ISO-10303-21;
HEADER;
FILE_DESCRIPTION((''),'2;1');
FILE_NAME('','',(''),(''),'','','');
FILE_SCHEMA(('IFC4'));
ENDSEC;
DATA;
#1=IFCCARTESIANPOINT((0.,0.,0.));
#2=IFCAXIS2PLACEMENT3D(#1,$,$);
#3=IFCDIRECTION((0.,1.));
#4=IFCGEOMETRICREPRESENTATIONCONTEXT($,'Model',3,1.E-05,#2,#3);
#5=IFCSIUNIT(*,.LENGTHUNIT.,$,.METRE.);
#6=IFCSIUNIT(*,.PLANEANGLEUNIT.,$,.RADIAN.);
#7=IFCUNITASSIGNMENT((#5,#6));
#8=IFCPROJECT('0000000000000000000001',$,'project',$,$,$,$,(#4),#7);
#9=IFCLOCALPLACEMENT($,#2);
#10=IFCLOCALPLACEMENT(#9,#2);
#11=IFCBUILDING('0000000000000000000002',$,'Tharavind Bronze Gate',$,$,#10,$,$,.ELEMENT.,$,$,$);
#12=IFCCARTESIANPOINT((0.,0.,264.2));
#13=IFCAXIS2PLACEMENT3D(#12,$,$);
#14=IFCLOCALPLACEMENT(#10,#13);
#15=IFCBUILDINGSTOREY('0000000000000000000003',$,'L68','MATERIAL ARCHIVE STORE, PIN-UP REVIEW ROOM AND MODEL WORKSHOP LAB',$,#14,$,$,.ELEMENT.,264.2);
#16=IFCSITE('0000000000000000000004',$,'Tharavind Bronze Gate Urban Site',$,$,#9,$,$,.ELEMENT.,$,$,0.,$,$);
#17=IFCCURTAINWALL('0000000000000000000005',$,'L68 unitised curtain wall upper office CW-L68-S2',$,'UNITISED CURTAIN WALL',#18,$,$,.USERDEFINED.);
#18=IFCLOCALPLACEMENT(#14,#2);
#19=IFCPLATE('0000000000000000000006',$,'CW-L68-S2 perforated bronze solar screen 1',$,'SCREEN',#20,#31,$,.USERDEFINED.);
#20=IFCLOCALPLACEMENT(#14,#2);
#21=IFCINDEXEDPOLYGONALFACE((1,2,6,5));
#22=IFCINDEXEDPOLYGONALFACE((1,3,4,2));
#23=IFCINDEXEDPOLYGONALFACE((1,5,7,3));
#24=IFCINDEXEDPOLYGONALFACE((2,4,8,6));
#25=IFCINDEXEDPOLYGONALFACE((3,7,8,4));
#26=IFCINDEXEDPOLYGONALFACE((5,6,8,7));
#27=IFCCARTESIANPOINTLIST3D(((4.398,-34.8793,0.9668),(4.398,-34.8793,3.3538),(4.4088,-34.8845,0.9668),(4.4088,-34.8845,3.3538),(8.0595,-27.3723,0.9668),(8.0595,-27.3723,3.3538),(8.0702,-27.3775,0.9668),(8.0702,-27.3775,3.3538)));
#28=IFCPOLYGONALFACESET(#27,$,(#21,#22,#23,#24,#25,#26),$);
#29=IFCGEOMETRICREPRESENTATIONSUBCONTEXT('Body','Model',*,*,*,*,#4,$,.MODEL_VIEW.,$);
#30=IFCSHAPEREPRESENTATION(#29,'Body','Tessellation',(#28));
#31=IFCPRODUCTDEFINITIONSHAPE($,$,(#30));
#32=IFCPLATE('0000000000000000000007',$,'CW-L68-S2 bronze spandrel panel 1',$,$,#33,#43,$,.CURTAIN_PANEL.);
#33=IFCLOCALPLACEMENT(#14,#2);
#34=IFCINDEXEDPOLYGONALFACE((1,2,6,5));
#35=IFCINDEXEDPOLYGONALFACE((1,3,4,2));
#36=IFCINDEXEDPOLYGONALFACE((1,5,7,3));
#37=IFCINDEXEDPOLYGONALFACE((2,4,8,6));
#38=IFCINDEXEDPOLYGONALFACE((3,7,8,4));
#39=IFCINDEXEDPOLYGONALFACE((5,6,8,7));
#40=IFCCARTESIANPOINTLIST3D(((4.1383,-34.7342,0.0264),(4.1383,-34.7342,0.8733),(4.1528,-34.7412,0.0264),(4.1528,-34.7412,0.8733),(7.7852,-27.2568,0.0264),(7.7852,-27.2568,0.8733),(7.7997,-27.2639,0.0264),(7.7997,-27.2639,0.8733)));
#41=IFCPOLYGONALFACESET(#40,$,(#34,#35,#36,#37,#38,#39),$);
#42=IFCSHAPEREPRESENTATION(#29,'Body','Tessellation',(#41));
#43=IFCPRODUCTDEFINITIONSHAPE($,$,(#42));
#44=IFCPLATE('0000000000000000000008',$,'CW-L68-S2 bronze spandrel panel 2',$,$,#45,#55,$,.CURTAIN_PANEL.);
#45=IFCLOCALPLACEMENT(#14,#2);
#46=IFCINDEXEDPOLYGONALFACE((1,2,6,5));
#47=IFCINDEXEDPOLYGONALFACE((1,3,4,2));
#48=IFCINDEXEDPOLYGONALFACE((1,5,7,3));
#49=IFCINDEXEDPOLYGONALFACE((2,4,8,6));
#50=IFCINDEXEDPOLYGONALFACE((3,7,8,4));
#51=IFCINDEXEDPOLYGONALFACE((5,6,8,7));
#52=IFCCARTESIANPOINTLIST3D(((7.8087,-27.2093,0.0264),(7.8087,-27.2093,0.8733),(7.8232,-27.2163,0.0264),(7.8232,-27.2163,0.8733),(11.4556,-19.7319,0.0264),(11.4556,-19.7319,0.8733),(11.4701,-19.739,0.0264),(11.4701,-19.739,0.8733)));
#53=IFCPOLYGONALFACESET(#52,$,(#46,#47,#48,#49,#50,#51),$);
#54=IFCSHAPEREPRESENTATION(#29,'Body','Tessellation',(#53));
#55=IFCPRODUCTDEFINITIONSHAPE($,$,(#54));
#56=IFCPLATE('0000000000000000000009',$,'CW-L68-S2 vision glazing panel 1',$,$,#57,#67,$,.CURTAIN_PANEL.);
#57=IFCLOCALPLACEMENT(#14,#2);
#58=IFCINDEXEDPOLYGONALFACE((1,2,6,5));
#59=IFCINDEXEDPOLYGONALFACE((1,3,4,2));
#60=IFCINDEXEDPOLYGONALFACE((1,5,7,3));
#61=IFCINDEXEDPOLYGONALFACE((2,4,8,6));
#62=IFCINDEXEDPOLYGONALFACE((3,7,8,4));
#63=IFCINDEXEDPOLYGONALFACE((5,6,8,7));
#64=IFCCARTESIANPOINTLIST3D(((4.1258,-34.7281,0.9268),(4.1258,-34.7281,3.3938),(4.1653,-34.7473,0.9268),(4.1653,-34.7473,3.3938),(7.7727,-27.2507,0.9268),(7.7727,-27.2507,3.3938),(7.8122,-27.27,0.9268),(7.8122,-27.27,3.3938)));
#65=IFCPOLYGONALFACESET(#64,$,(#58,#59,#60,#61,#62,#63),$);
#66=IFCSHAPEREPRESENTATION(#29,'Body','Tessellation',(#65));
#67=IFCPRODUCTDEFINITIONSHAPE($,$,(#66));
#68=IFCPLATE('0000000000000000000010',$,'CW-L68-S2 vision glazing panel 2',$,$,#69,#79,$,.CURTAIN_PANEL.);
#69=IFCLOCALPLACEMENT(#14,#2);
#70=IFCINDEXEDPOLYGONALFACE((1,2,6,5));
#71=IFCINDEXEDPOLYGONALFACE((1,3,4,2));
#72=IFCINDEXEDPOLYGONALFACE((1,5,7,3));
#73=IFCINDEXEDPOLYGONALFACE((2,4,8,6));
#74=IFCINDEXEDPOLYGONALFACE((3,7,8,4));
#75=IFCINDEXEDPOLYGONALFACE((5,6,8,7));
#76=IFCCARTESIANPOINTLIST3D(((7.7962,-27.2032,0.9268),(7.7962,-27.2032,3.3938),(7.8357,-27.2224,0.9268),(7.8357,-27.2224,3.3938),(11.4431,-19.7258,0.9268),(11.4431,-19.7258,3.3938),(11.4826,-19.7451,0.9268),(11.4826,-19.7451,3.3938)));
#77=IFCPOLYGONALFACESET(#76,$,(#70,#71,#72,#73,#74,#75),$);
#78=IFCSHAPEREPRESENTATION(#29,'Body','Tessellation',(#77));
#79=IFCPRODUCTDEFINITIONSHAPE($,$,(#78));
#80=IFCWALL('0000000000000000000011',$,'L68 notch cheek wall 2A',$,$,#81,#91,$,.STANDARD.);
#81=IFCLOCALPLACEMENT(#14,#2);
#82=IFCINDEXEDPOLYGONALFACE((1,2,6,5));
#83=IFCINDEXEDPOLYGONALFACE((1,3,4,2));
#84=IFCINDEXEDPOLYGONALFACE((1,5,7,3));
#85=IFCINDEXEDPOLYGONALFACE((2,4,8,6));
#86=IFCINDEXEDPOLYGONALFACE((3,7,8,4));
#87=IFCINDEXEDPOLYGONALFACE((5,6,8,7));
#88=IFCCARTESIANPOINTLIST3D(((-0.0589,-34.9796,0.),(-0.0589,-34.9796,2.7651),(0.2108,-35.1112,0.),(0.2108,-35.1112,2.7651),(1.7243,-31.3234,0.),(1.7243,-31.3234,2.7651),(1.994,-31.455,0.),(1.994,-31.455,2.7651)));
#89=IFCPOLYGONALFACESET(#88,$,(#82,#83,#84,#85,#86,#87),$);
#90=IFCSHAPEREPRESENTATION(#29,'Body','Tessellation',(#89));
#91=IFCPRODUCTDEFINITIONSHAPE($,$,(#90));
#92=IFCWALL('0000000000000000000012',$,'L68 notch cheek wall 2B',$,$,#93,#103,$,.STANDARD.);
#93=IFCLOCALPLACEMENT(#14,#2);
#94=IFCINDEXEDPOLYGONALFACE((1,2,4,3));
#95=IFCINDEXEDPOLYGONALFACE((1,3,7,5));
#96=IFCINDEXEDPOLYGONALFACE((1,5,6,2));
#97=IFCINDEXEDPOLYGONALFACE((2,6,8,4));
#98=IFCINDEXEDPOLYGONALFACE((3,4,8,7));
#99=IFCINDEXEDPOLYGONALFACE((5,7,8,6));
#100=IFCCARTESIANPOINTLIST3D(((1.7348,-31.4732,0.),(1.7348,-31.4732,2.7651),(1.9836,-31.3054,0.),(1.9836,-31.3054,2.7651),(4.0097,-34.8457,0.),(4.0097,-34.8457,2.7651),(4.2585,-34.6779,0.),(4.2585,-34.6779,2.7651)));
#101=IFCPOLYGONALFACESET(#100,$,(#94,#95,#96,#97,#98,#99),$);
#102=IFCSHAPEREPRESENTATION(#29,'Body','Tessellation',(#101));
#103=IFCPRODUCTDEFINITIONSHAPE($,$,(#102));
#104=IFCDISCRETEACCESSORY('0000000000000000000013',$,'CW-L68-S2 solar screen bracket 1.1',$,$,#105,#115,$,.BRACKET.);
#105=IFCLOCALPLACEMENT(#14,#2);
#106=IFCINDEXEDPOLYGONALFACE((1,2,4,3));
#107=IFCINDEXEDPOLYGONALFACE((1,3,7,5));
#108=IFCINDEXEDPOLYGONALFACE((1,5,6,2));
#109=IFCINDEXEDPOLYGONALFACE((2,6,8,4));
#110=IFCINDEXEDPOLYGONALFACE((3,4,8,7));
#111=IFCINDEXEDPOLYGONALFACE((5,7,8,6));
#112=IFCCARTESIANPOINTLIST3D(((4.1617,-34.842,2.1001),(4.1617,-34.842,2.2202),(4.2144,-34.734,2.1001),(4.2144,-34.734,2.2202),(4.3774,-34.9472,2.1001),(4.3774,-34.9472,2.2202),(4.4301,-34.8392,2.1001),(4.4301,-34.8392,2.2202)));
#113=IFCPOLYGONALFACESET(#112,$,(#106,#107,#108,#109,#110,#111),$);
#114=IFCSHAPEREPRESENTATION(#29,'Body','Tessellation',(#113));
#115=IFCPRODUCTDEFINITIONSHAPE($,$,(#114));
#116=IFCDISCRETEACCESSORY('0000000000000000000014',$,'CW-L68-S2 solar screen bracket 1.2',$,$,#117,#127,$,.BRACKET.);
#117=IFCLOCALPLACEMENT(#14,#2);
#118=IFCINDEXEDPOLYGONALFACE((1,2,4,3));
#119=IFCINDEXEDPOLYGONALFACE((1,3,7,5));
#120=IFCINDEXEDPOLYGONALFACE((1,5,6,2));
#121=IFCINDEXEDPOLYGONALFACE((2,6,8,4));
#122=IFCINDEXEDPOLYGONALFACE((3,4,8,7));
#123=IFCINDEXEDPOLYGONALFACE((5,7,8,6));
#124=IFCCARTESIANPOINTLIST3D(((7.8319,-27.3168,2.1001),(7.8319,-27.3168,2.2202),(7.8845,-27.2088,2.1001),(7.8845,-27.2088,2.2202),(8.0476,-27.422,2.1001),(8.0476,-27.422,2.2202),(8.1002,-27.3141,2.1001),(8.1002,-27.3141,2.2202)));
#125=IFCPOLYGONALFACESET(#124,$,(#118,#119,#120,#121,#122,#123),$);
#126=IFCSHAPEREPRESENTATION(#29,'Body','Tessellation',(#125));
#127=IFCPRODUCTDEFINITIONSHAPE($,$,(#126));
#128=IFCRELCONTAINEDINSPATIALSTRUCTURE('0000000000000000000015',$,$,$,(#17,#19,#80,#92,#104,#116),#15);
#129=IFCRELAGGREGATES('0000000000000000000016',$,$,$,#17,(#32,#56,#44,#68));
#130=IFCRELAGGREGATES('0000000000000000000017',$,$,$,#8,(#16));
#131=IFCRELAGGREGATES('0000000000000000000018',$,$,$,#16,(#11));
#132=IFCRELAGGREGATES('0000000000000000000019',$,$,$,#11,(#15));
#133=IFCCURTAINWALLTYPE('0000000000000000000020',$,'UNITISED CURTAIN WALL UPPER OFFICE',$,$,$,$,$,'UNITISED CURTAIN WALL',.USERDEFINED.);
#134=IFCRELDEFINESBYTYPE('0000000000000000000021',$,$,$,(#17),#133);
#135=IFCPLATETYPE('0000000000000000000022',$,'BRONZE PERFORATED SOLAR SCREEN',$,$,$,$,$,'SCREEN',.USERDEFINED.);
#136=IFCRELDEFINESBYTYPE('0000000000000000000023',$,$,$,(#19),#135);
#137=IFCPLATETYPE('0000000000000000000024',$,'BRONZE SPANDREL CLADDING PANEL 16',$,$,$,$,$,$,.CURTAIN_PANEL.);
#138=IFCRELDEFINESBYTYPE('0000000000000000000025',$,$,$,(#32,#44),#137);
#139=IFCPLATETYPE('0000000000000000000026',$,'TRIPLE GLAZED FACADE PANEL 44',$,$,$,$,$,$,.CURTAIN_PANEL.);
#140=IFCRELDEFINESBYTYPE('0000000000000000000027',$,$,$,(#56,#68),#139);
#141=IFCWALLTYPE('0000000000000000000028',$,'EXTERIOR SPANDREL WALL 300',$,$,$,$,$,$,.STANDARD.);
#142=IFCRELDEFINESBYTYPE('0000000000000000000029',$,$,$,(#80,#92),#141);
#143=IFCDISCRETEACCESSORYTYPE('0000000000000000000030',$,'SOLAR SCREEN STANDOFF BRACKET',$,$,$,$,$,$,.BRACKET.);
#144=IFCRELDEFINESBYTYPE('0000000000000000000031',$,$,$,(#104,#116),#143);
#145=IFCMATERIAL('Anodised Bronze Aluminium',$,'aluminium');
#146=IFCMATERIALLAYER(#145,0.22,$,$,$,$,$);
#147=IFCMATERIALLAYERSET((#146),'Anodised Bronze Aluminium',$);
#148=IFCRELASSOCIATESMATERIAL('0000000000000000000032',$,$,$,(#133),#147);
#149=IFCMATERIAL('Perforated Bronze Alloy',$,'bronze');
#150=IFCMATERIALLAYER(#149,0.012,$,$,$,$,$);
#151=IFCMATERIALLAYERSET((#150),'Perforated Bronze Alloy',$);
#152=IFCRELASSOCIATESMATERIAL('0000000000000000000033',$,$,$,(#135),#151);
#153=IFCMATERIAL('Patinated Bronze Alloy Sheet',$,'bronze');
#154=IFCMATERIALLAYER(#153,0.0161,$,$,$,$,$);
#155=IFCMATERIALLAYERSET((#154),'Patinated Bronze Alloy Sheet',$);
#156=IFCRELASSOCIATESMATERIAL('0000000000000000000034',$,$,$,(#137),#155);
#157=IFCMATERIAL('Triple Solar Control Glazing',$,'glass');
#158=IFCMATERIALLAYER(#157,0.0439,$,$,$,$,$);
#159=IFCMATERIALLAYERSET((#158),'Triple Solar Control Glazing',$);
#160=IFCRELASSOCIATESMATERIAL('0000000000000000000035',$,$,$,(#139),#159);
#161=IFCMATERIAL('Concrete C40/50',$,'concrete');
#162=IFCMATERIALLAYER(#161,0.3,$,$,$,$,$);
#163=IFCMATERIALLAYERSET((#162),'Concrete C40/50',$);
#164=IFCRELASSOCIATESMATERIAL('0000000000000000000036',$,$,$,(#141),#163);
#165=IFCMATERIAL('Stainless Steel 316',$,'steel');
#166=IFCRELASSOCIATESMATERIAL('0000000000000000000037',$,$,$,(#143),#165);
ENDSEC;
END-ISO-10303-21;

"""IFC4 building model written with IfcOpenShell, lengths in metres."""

from ifc_helpers import new_model, si_unit, direction, frame, frame_2d, origin, origin_2d, place, context, subcontext, project, spatial, rectangle, extrude, material, layer, layer_set, type_object, element, aggregate, save


model = new_model("IFC4")

# Units and contexts
model_context = context("Model", 3, precision=1e-05, world=origin(), true_north=direction((0.0, 1.0)))
body_context = subcontext(model_context, "Body", "Model", "MODEL_VIEW")
ifc_project = project(units=[si_unit("LENGTHUNIT", "METRE"), si_unit("PLANEANGLEUNIT", "RADIAN")], contexts=[model_context])

# Site, building, storey
site_placement = place(None, origin())
site = spatial("IfcSite", under=ifc_project, at=site_placement, Name="Tharavind Bronze Gate Urban Site", CompositionType="ELEMENT", RefElevation=0.0)
building_placement = place(site_placement, origin())
building = spatial("IfcBuilding", under=site, at=building_placement, Name="Tharavind Bronze Gate", CompositionType="ELEMENT")
storey_placement = place(building_placement, frame((0.0, 0.0, 264.2)))
storey = spatial("IfcBuildingStorey", under=building, at=storey_placement, Name="L68", Description="MATERIAL ARCHIVE STORE, PIN-UP REVIEW ROOM AND MODEL WORKSHOP LAB", CompositionType="ELEMENT", Elevation=264.2)

# Shared definitions
ifc_material_1 = material(Name="Anodised Bronze Aluminium", Category="aluminium")
ifc_layer_1 = layer(ifc_material_1, 0.22)
ifc_layer_set_1 = layer_set([ifc_layer_1], Name="Anodised Bronze Aluminium")
curtain_wall_type = type_object("IfcCurtainWallType", Name="UNITISED CURTAIN WALL UPPER OFFICE", ElementType="UNITISED CURTAIN WALL", PredefinedType="USERDEFINED", material=ifc_layer_set_1)

# Curtain wall
curtain_wall_1_placement = place(storey_placement, origin())
curtain_wall_1 = element("IfcCurtainWall", 1, at=curtain_wall_1_placement, inside=storey, type_object=curtain_wall_type, Name="L68 unitised curtain wall upper office CW-L68-S2", ObjectType="UNITISED CURTAIN WALL", PredefinedType="USERDEFINED")

# Plates
ifc_material_2 = material(Name="Perforated Bronze Alloy", Category="bronze")
ifc_layer_2 = layer(ifc_material_2, 0.012)
ifc_layer_set_2 = layer_set([ifc_layer_2], Name="Perforated Bronze Alloy")
plate_type_1 = type_object("IfcPlateType", Name="BRONZE PERFORATED SOLAR SCREEN", ElementType="SCREEN", PredefinedType="USERDEFINED", material=ifc_layer_set_2)
plate_1_placement = place(storey_placement, frame((6.2341, -31.1284, 0.9668), z_axis=(0.0, 0.0, 1.0), x_axis=(0.438373, 0.898793, 0.0)))
element("IfcPlate", 2, at=plate_1_placement, inside=storey, type_object=plate_type_1, Name="CW-L68-S2 perforated bronze solar screen 1", ObjectType="SCREEN", PredefinedType="USERDEFINED", context=body_context, shape_type="SweptSolid", body=[
    extrude(rectangle(XDim=8.3523, YDim=0.012, at=origin_2d()), origin(), (0.0, 0.0, 1.0), 2.387),
])
ifc_material_3 = material(Name="Patinated Bronze Alloy Sheet", Category="bronze")
ifc_layer_3 = layer(ifc_material_3, 0.0161)
ifc_layer_set_3 = layer_set([ifc_layer_3], Name="Patinated Bronze Alloy Sheet")
plate_type_2 = type_object("IfcPlateType", Name="BRONZE SPANDREL CLADDING PANEL 16", PredefinedType="CURTAIN_PANEL", material=ifc_layer_set_3)
plate_2_placement = place(storey_placement, frame((5.969, -30.999, 0.0264), z_axis=(0.0, 0.0, 1.0), x_axis=(0.438373, 0.898793, 0.0)))
plate_2 = element("IfcPlate", 3, at=plate_2_placement, type_object=plate_type_2, Name="CW-L68-S2 bronze spandrel panel 1", PredefinedType="CURTAIN_PANEL", context=body_context, shape_type="SweptSolid", body=[
    extrude(rectangle(XDim=8.3193, YDim=0.0161, at=origin_2d()), origin(), (0.0, 0.0, 1.0), 0.8469),
])
plate_3_placement = place(storey_placement, frame((9.6394, -23.4741, 0.0264), z_axis=(0.0, 0.0, 1.0), x_axis=(0.438373, 0.898793, 0.0)))
plate_3 = element("IfcPlate", 4, at=plate_3_placement, type_object=plate_type_2, Name="CW-L68-S2 bronze spandrel panel 2", PredefinedType="CURTAIN_PANEL", context=body_context, shape_type="SweptSolid", body=[
    extrude(rectangle(XDim=8.3193, YDim=0.0161, at=origin_2d()), origin(), (0.0, 0.0, 1.0), 0.8469),
])
ifc_material_4 = material(Name="Triple Solar Control Glazing", Category="glass")
ifc_layer_4 = layer(ifc_material_4, 0.0439)
ifc_layer_set_4 = layer_set([ifc_layer_4], Name="Triple Solar Control Glazing")
plate_type_3 = type_object("IfcPlateType", Name="TRIPLE GLAZED FACADE PANEL 44", PredefinedType="CURTAIN_PANEL", material=ifc_layer_set_4)
plate_4_placement = place(storey_placement, frame((5.969, -30.999, 0.9268), z_axis=(0.0, 0.0, 1.0), x_axis=(0.438373, 0.898793, 0.0)))
plate_4 = element("IfcPlate", 5, at=plate_4_placement, type_object=plate_type_3, Name="CW-L68-S2 vision glazing panel 1", PredefinedType="CURTAIN_PANEL", context=body_context, shape_type="SweptSolid", body=[
    extrude(rectangle(XDim=8.3193, YDim=0.0439, at=origin_2d()), origin(), (0.0, 0.0, 1.0), 2.467),
])
plate_5_placement = place(storey_placement, frame((9.6394, -23.4741, 0.9268), z_axis=(0.0, 0.0, 1.0), x_axis=(0.438373, 0.898793, 0.0)))
plate_5 = element("IfcPlate", 6, at=plate_5_placement, type_object=plate_type_3, Name="CW-L68-S2 vision glazing panel 2", PredefinedType="CURTAIN_PANEL", context=body_context, shape_type="SweptSolid", body=[
    extrude(rectangle(XDim=8.3193, YDim=0.0439, at=origin_2d()), origin(), (0.0, 0.0, 1.0), 2.467),
])
aggregate(curtain_wall_1, [plate_2, plate_4, plate_3, plate_5])

# Walls
ifc_material_5 = material(Name="Concrete C40/50", Category="concrete")
ifc_layer_5 = layer(ifc_material_5, 0.3)
ifc_layer_set_5 = layer_set([ifc_layer_5], Name="Concrete C40/50")
wall_type = type_object("IfcWallType", Name="EXTERIOR SPANDREL WALL 300", PredefinedType="STANDARD", material=ifc_layer_set_5)
wall_1_placement = place(storey_placement, frame((0.0759, -35.0454, 0.0), z_axis=(0.0, 0.0, 1.0), x_axis=(0.438357, 0.898801, 0.0)))
element("IfcWall", 7, at=wall_1_placement, inside=storey, type_object=wall_type, Name="L68 notch cheek wall 2A", PredefinedType="STANDARD", context=body_context, shape_type="SweptSolid", body=[
    extrude(rectangle(XDim=4.0679, YDim=0.3, at=frame_2d((2.0339, 0.0))), origin(), (0.0, 0.0, 1.0), 2.7651),
])
wall_2_placement = place(storey_placement, frame((1.8591, -31.3892, 0.0), z_axis=(0.0, 0.0, 1.0), x_axis=(0.559207, -0.829028, 0.0)))
element("IfcWall", 8, at=wall_2_placement, inside=storey, type_object=wall_type, Name="L68 notch cheek wall 2B", PredefinedType="STANDARD", context=body_context, shape_type="SweptSolid", body=[
    extrude(rectangle(XDim=4.0681, YDim=0.3, at=frame_2d((2.0342, 0.0))), origin(), (0.0, 0.0, 1.0), 2.7651),
])

# Discrete accessories
ifc_material_6 = material(Name="Stainless Steel 316", Category="steel")
discrete_accessory_type = type_object("IfcDiscreteAccessoryType", Name="SOLAR SCREEN STANDOFF BRACKET", PredefinedType="BRACKET", material=ifc_material_6)
for number, where, z_axis, x_axis, name in (
    (9, (4.2959, -34.8406, 2.1001), (0.0, 0.0, 1.0), (0.438373, 0.898793, 0.0), "CW-L68-S2 solar screen bracket 1.1"),
    (10, (7.9661, -27.3154, 2.1001), (0.0, 0.0, 1.0), (0.438373, 0.898793, 0.0), "CW-L68-S2 solar screen bracket 1.2"),
):
    element("IfcDiscreteAccessory", number, at=place(storey_placement, frame(where, z_axis=z_axis, x_axis=x_axis)), inside=storey, type_object=discrete_accessory_type, Name=name, PredefinedType="BRACKET", context=body_context, shape_type="SweptSolid", body=[
        extrude(rectangle(XDim=0.1201, YDim=0.24, at=origin_2d()), origin(), (0.0, 0.0, 1.0), 0.1201),
    ])

save(model, "model.ifc")
